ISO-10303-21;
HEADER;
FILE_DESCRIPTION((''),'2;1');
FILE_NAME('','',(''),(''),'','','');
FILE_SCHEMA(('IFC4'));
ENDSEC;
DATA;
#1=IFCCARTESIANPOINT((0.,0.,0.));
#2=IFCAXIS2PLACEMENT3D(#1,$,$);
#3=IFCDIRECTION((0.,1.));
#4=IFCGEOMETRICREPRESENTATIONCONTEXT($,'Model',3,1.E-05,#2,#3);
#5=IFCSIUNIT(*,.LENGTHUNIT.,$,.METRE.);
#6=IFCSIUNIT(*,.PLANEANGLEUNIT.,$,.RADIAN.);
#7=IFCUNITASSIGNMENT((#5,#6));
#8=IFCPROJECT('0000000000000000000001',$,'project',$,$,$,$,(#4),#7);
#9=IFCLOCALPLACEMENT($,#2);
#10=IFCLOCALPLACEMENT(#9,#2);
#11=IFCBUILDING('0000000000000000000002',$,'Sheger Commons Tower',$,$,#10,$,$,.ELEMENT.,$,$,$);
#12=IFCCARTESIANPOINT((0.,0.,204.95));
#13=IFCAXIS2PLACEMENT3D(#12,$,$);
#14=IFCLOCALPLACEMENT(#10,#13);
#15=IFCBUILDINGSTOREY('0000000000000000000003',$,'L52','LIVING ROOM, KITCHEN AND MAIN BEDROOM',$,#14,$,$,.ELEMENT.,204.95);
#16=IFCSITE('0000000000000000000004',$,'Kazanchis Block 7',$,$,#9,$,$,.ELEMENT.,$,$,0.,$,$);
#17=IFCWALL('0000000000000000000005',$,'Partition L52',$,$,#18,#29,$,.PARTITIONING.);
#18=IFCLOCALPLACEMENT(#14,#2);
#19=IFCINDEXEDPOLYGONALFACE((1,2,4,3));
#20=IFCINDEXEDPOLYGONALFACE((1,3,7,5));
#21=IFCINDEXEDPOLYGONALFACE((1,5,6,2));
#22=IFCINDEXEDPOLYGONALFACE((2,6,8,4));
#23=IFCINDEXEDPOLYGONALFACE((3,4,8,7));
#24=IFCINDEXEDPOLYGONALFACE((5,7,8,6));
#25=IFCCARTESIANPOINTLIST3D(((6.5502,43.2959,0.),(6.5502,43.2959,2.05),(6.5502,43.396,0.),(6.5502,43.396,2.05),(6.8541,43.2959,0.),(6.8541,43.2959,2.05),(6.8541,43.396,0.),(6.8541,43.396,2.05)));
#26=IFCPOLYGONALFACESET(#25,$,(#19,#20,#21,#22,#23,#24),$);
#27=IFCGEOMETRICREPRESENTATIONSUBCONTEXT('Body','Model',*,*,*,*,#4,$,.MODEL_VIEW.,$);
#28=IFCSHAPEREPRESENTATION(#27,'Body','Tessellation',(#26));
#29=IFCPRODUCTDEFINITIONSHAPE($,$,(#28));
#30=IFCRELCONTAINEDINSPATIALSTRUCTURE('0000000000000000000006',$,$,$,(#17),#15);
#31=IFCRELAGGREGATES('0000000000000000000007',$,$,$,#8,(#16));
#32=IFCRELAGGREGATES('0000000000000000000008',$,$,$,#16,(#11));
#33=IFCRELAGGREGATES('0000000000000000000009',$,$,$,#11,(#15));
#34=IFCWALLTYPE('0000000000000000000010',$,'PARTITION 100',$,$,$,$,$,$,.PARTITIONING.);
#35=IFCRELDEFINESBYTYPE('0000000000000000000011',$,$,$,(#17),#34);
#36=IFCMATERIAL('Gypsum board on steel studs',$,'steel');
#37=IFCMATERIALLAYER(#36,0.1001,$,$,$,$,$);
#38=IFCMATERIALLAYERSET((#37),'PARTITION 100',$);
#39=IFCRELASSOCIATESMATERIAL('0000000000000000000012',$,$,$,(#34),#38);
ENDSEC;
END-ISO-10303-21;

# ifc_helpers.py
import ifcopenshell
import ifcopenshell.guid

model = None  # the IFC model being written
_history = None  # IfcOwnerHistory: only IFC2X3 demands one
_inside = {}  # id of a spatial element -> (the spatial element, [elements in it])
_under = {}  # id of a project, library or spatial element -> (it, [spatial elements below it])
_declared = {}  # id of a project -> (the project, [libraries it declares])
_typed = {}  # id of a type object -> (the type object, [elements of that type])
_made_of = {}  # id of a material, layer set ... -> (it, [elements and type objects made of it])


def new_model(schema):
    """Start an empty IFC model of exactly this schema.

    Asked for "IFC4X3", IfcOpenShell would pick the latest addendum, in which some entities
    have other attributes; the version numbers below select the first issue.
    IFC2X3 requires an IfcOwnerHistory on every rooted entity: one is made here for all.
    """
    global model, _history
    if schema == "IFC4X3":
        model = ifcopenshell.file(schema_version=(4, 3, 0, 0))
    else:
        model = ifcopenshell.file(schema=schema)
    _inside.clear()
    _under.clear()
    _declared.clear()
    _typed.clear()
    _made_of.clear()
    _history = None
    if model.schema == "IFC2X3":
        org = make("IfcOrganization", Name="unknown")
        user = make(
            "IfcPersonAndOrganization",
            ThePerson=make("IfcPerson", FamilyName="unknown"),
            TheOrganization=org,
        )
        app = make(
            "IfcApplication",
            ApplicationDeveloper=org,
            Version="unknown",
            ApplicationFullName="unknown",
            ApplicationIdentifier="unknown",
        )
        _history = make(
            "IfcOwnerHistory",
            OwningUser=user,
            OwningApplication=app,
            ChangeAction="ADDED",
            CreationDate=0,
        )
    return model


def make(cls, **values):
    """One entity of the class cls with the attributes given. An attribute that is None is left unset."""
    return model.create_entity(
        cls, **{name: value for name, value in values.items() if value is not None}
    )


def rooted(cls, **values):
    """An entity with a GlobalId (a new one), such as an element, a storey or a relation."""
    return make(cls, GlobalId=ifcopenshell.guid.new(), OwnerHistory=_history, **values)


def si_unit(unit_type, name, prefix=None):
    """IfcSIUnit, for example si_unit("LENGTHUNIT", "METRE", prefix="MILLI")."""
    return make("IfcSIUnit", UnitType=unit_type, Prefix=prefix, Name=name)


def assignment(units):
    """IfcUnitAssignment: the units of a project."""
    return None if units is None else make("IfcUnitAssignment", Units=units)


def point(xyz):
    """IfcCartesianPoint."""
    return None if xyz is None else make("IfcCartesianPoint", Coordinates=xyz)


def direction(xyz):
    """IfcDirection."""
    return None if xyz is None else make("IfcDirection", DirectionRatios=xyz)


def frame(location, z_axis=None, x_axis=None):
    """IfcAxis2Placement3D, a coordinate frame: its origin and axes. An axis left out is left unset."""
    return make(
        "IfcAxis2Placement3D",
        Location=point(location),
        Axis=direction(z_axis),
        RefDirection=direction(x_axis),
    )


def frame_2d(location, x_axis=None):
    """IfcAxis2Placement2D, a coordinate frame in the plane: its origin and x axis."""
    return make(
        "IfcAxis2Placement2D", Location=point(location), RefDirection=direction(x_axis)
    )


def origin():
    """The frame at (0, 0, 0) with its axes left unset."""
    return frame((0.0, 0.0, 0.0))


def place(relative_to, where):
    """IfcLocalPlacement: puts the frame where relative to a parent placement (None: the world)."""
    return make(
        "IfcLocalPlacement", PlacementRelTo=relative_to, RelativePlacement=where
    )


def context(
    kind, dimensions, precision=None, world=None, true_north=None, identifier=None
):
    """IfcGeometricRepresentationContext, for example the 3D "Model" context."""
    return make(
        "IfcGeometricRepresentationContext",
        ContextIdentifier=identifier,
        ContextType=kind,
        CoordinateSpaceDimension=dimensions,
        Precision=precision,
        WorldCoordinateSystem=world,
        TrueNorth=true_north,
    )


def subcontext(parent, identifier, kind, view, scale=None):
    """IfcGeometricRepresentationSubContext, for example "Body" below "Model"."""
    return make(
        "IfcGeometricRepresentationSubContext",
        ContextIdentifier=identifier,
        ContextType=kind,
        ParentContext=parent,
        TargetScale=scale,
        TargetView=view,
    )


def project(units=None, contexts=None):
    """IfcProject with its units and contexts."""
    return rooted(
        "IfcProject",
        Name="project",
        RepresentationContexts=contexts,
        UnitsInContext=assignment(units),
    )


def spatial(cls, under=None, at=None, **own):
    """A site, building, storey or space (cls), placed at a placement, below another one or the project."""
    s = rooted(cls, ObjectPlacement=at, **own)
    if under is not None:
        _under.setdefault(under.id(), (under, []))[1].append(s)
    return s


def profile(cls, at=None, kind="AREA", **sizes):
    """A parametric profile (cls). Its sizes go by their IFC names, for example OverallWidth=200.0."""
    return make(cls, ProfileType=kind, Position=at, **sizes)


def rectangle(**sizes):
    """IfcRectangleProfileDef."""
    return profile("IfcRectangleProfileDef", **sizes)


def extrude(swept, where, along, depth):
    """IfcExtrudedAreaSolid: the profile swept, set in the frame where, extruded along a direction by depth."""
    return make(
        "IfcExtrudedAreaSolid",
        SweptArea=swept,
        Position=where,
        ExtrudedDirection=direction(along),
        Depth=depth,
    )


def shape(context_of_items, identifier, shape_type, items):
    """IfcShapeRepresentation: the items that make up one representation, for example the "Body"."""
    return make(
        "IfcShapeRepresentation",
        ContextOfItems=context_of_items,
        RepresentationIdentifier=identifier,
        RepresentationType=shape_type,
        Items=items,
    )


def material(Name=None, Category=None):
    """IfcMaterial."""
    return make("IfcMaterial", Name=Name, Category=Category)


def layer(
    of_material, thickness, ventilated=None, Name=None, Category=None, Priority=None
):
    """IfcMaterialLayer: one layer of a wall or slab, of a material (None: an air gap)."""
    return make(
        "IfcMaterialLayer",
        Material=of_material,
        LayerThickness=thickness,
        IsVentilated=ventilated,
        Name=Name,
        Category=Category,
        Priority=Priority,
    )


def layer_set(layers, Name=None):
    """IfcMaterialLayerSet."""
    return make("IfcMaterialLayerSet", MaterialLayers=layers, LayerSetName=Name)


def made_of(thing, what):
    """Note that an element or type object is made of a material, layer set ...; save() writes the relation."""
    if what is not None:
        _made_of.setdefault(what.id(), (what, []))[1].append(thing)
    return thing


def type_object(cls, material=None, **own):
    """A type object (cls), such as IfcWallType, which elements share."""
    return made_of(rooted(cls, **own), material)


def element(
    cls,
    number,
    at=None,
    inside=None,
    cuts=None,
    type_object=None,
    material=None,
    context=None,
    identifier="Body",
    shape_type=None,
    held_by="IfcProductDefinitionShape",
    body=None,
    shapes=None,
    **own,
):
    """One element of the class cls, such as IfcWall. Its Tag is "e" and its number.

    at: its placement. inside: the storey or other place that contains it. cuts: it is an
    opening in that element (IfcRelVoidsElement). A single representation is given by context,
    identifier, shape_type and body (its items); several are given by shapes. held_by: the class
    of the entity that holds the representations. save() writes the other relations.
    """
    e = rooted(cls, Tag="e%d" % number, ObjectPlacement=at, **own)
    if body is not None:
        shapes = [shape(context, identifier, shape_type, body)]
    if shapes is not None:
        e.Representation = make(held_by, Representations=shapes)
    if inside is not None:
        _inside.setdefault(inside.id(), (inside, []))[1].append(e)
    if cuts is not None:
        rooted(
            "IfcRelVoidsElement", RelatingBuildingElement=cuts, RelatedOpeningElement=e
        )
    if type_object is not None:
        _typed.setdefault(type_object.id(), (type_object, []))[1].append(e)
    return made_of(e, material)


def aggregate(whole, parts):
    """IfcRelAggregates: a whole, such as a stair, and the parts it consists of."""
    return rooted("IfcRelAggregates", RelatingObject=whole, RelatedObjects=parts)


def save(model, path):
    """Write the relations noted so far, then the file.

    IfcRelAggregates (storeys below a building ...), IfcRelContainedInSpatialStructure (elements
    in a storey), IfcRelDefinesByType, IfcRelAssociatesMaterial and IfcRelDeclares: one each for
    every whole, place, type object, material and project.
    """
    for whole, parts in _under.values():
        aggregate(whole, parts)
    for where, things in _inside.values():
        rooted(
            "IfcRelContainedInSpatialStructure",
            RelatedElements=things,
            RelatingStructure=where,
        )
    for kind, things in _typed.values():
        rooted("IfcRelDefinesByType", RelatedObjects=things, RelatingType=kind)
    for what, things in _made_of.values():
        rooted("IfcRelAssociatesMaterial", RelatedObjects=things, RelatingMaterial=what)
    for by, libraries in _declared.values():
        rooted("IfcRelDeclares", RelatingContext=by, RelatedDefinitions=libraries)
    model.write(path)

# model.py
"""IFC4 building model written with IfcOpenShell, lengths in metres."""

from ifc_helpers import new_model, si_unit, direction, frame, frame_2d, origin, place, context, subcontext, project, spatial, rectangle, extrude, material, layer, layer_set, type_object, element, save


model = new_model("IFC4")

# Units and contexts
model_context = context("Model", 3, precision=1e-05, world=origin(), true_north=direction((0.0, 1.0)))
body_context = subcontext(model_context, "Body", "Model", "MODEL_VIEW")
ifc_project = project(units=[si_unit("LENGTHUNIT", "METRE"), si_unit("PLANEANGLEUNIT", "RADIAN")], contexts=[model_context])

# Site, building, storey
site_placement = place(None, origin())
site = spatial("IfcSite", under=ifc_project, at=site_placement, Name="Kazanchis Block 7", CompositionType="ELEMENT", RefElevation=0.0)
building_placement = place(site_placement, origin())
building = spatial("IfcBuilding", under=site, at=building_placement, Name="Sheger Commons Tower", CompositionType="ELEMENT")
storey_placement = place(building_placement, frame((0.0, 0.0, 204.95)))
storey = spatial("IfcBuildingStorey", under=building, at=storey_placement, Name="L52", Description="LIVING ROOM, KITCHEN AND MAIN BEDROOM", CompositionType="ELEMENT", Elevation=204.95)

# Wall
ifc_material_1 = material(Name="Gypsum board on steel studs", Category="steel")
ifc_layer_1 = layer(ifc_material_1, 0.1001)
ifc_layer_set_1 = layer_set([ifc_layer_1], Name="PARTITION 100")
wall_type_1 = type_object("IfcWallType", Name="PARTITION 100", PredefinedType="PARTITIONING", material=ifc_layer_set_1)
wall_1_placement = place(storey_placement, frame((6.854, 43.3459, 0.0), z_axis=(0.0, 0.0, 1.0), x_axis=(-1.0, 0.0, 0.0)))
element("IfcWall", 1, at=wall_1_placement, inside=storey, type_object=wall_type_1, Name="Partition L52", PredefinedType="PARTITIONING", context=body_context, shape_type="SweptSolid", body=[
    extrude(rectangle(XDim=0.304, YDim=0.1001, at=frame_2d((0.1519, 0.0))), origin(), (0.0, 0.0, 1.0), 2.05),
])

save(model, "model.ifc")
